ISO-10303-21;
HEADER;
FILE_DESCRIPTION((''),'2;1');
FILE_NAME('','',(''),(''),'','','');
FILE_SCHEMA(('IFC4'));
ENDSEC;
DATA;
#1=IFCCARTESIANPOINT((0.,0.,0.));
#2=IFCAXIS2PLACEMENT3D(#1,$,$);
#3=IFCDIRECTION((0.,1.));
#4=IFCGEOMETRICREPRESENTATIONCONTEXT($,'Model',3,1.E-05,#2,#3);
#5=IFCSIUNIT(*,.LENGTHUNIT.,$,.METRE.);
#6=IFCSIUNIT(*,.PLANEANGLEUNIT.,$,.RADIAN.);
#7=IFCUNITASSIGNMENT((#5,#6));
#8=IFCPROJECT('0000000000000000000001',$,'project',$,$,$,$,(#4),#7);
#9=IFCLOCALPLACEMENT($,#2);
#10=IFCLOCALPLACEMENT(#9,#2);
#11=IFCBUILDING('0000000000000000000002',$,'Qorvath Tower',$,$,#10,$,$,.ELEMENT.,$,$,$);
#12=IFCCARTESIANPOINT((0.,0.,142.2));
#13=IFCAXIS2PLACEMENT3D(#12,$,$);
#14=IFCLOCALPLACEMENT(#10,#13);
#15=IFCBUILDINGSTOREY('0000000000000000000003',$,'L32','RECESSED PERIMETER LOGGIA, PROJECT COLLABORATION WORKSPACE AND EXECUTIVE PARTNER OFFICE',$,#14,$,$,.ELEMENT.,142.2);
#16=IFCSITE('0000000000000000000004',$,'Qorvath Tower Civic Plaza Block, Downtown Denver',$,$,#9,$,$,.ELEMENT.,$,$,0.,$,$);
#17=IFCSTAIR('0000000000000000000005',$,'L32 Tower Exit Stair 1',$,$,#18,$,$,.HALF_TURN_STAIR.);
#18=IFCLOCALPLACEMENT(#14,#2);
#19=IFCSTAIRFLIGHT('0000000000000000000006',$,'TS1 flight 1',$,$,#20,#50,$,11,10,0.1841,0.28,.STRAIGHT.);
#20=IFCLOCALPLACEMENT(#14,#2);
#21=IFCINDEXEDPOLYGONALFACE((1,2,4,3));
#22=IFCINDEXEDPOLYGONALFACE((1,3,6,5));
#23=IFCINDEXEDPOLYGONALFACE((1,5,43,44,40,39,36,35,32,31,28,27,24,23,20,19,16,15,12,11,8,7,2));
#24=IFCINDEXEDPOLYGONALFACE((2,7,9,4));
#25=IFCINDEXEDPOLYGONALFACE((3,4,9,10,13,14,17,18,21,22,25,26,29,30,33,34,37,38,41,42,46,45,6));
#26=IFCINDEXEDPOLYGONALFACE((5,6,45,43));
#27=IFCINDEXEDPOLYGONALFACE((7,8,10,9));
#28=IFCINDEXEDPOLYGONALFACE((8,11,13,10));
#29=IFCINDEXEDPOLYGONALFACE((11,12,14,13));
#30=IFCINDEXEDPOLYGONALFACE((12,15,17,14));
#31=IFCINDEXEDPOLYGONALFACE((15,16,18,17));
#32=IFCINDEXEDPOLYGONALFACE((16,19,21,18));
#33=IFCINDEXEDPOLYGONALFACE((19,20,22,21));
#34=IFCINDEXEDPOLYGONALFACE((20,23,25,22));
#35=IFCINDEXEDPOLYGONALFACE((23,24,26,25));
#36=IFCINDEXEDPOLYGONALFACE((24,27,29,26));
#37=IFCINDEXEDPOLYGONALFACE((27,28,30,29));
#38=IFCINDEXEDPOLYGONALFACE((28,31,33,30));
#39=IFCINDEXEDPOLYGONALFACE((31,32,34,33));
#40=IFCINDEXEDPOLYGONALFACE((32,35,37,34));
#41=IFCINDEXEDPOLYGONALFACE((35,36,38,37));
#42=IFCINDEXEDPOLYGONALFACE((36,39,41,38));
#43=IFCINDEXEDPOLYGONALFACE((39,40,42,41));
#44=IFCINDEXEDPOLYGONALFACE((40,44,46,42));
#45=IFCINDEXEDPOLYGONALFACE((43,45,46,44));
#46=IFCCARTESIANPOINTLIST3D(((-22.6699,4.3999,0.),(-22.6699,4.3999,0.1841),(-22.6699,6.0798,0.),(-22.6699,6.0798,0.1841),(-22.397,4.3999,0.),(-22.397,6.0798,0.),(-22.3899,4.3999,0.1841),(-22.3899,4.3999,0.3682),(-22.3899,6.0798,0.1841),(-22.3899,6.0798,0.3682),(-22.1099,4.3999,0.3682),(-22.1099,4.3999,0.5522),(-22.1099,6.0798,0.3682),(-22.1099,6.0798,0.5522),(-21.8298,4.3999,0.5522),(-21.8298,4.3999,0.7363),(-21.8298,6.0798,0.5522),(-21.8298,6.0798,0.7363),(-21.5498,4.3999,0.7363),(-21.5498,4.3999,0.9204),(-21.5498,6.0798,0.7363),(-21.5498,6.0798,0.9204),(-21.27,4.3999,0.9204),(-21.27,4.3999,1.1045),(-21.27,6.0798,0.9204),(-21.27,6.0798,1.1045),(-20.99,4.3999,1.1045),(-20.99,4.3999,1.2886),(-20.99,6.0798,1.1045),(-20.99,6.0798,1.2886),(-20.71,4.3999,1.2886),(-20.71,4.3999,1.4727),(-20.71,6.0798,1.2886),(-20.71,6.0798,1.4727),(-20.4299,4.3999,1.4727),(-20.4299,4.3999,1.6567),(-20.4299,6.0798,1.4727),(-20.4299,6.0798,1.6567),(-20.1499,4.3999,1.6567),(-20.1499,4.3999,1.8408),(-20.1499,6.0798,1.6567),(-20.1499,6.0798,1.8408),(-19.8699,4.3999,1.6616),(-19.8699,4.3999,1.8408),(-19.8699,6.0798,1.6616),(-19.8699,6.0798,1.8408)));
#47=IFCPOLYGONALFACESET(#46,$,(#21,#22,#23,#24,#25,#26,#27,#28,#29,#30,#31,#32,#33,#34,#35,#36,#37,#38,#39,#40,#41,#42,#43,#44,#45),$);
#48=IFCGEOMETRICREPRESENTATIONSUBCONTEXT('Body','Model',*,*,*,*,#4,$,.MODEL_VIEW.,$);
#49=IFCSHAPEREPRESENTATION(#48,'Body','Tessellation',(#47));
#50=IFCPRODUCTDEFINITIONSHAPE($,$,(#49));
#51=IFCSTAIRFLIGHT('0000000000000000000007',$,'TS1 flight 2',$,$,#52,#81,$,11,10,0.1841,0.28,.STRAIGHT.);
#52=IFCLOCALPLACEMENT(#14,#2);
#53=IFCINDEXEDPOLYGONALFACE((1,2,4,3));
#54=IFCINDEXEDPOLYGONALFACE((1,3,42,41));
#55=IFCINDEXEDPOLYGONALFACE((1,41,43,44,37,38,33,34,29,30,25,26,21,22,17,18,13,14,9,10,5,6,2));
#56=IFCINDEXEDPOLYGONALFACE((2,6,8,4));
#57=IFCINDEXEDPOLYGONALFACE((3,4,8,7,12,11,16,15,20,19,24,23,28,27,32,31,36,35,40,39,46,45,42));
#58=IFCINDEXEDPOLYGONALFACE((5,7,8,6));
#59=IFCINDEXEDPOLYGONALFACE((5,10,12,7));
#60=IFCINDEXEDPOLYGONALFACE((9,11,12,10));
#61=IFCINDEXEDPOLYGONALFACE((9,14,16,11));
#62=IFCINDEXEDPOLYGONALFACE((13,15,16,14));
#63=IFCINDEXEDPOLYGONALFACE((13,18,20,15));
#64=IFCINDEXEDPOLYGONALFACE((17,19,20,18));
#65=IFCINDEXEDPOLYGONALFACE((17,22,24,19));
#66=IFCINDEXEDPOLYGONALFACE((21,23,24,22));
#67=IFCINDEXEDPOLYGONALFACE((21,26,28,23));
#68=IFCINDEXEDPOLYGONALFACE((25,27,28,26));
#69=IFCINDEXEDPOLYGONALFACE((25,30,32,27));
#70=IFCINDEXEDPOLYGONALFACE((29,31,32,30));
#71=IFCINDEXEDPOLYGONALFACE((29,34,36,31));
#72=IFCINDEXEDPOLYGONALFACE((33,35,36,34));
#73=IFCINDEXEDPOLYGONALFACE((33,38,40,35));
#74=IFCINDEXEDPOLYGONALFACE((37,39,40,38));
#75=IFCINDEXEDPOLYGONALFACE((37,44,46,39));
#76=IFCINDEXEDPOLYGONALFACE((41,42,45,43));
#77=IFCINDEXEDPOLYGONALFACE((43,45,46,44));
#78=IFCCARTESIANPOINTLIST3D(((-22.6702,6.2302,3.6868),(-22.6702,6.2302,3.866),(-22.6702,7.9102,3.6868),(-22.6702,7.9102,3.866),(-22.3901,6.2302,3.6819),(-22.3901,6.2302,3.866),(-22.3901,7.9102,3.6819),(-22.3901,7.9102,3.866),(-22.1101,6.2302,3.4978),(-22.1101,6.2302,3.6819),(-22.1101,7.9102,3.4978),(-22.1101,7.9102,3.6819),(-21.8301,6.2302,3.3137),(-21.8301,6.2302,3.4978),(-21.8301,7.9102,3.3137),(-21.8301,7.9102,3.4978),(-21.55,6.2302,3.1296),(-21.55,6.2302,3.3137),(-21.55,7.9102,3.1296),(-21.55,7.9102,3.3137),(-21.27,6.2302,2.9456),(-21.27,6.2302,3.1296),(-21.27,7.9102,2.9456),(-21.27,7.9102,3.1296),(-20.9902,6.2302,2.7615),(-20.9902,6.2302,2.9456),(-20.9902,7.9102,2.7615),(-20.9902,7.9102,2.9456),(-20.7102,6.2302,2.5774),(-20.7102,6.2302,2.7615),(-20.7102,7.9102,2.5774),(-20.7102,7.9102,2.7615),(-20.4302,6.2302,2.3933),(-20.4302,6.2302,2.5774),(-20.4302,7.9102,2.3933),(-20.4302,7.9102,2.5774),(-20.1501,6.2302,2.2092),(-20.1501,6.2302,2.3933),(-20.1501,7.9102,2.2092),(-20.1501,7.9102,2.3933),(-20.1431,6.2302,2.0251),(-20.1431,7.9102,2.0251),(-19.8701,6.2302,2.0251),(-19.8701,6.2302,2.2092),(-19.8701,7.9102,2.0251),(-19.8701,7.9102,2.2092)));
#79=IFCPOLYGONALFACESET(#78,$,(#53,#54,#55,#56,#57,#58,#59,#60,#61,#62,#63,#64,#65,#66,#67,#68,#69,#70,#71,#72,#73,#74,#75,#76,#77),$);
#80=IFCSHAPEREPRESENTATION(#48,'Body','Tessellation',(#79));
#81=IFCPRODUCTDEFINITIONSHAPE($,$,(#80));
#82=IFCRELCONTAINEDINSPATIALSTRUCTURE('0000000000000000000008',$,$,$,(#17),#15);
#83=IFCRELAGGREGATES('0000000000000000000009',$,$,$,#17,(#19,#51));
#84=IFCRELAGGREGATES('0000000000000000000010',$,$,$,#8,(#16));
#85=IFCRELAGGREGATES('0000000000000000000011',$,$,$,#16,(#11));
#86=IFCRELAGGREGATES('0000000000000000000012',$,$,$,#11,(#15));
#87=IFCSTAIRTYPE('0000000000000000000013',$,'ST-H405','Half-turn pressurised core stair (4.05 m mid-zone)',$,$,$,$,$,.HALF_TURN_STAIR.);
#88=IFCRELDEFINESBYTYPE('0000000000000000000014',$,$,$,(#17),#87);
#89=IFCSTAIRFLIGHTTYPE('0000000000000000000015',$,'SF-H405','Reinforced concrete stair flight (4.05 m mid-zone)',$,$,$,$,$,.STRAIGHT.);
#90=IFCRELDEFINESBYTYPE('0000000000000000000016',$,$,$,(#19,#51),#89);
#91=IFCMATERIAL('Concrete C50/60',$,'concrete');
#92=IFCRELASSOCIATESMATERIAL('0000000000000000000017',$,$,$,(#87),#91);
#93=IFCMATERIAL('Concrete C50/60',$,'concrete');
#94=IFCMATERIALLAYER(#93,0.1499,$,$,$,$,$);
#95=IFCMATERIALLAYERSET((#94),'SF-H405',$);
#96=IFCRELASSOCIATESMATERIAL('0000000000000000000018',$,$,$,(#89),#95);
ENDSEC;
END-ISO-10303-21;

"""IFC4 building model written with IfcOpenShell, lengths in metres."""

from ifc_helpers import new_model, si_unit, direction, frame, origin, place, context, subcontext, project, spatial, polyline, outline, extrude, material, layer, layer_set, type_object, element, aggregate, save


model = new_model("IFC4")

# Units and contexts
model_context = context("Model", 3, precision=1e-05, world=origin(), true_north=direction((0.0, 1.0)))
body_context = subcontext(model_context, "Body", "Model", "MODEL_VIEW")
ifc_project = project(units=[si_unit("LENGTHUNIT", "METRE"), si_unit("PLANEANGLEUNIT", "RADIAN")], contexts=[model_context])

# Site, building, storey
site_placement = place(None, origin())
site = spatial("IfcSite", under=ifc_project, at=site_placement, Name="Qorvath Tower Civic Plaza Block, Downtown Denver", CompositionType="ELEMENT", RefElevation=0.0)
building_placement = place(site_placement, origin())
building = spatial("IfcBuilding", under=site, at=building_placement, Name="Qorvath Tower", CompositionType="ELEMENT")
storey_placement = place(building_placement, frame((0.0, 0.0, 142.2)))
storey = spatial("IfcBuildingStorey", under=building, at=storey_placement, Name="L32", Description="RECESSED PERIMETER LOGGIA, PROJECT COLLABORATION WORKSPACE AND EXECUTIVE PARTNER OFFICE", CompositionType="ELEMENT", Elevation=142.2)

# Stair, stair flights
ifc_material_1 = material(Name="Concrete C50/60", Category="concrete")
stair_type = type_object("IfcStairType", Name="ST-H405", Description="Half-turn pressurised core stair (4.05 m mid-zone)", PredefinedType="HALF_TURN_STAIR", material=ifc_material_1)
stair_placement = place(storey_placement, origin())
stair = element("IfcStair", 1, at=stair_placement, inside=storey, type_object=stair_type, Name="L32 Tower Exit Stair 1", PredefinedType="HALF_TURN_STAIR")
ifc_material_2 = material(Name="Concrete C50/60", Category="concrete")
ifc_layer_1 = layer(ifc_material_2, 0.1499)
ifc_layer_set_1 = layer_set([ifc_layer_1], Name="SF-H405")
stair_flight_type = type_object("IfcStairFlightType", Name="SF-H405", Description="Reinforced concrete stair flight (4.05 m mid-zone)", PredefinedType="STRAIGHT", material=ifc_layer_set_1)
stair_flight_1_placement = place(storey_placement, frame((-22.6699, 5.24, 0.0), z_axis=(0.0, 0.0, 1.0), x_axis=(1.0, 0.0, 0.0)))
stair_flight_1 = element("IfcStairFlight", 2, at=stair_flight_1_placement, type_object=stair_flight_type, Name="TS1 flight 1", NumberOfRisers=11, NumberOfTreads=10, PredefinedType="STRAIGHT", RiserHeight=0.1841, TreadLength=0.28, context=body_context, shape_type="SweptSolid", body=[
    extrude(outline(polyline([(0.0, 0.0), (0.0, 0.1841), (0.28, 0.1841), (0.28, 0.3682), (0.5601, 0.3682), (0.5601, 0.5522), (0.8401, 0.5522), (0.8401, 0.7363), (1.1201, 0.7363), (1.1201, 0.9204), (1.3999, 0.9204), (1.3999, 1.1045), (1.6799, 1.1045), (1.6799, 1.2886), (1.96, 1.2886), (1.96, 1.4727), (2.24, 1.4727), (2.24, 1.6567), (2.52, 1.6567), (2.52, 1.8408), (2.8, 1.8408), (2.8, 2.0249), (2.8, 1.6616), (0.2729, 0.0), (0.0, 0.0)])), frame((0.0, 0.8398, 0.0), z_axis=(0.0, -1.0, 0.0), x_axis=(1.0, 0.0, 0.0)), (0.0, 0.0, 1.0), 1.6799),
])
stair_flight_2_placement = place(storey_placement, frame((-19.8701, 7.0701, 2.0251), z_axis=(0.0, 0.0, 1.0), x_axis=(-1.0, 0.0, 0.0)))
stair_flight_2 = element("IfcStairFlight", 3, at=stair_flight_2_placement, type_object=stair_flight_type, Name="TS1 flight 2", NumberOfRisers=11, NumberOfTreads=10, PredefinedType="STRAIGHT", RiserHeight=0.1841, TreadLength=0.28, context=body_context, shape_type="SweptSolid", body=[
    extrude(outline(polyline([(0.0, 0.0), (0.0, 0.1841), (0.28, 0.1841), (0.28, 0.3682), (0.5601, 0.3682), (0.5601, 0.5522), (0.8401, 0.5522), (0.8401, 0.7363), (1.1201, 0.7363), (1.1201, 0.9204), (1.3999, 0.9204), (1.3999, 1.1045), (1.6799, 1.1045), (1.6799, 1.2886), (1.96, 1.2886), (1.96, 1.4727), (2.24, 1.4727), (2.24, 1.6567), (2.52, 1.6567), (2.52, 1.8408), (2.8, 1.8408), (2.8, 2.0249), (2.8, 1.6616), (0.2729, 0.0), (0.0, 0.0)])), frame((0.0, 0.8398, 0.0), z_axis=(0.0, -1.0, 0.0), x_axis=(1.0, 0.0, 0.0)), (0.0, 0.0, 1.0), 1.6799),
])
aggregate(stair, [stair_flight_1, stair_flight_2])

save(model, "model.ifc")
